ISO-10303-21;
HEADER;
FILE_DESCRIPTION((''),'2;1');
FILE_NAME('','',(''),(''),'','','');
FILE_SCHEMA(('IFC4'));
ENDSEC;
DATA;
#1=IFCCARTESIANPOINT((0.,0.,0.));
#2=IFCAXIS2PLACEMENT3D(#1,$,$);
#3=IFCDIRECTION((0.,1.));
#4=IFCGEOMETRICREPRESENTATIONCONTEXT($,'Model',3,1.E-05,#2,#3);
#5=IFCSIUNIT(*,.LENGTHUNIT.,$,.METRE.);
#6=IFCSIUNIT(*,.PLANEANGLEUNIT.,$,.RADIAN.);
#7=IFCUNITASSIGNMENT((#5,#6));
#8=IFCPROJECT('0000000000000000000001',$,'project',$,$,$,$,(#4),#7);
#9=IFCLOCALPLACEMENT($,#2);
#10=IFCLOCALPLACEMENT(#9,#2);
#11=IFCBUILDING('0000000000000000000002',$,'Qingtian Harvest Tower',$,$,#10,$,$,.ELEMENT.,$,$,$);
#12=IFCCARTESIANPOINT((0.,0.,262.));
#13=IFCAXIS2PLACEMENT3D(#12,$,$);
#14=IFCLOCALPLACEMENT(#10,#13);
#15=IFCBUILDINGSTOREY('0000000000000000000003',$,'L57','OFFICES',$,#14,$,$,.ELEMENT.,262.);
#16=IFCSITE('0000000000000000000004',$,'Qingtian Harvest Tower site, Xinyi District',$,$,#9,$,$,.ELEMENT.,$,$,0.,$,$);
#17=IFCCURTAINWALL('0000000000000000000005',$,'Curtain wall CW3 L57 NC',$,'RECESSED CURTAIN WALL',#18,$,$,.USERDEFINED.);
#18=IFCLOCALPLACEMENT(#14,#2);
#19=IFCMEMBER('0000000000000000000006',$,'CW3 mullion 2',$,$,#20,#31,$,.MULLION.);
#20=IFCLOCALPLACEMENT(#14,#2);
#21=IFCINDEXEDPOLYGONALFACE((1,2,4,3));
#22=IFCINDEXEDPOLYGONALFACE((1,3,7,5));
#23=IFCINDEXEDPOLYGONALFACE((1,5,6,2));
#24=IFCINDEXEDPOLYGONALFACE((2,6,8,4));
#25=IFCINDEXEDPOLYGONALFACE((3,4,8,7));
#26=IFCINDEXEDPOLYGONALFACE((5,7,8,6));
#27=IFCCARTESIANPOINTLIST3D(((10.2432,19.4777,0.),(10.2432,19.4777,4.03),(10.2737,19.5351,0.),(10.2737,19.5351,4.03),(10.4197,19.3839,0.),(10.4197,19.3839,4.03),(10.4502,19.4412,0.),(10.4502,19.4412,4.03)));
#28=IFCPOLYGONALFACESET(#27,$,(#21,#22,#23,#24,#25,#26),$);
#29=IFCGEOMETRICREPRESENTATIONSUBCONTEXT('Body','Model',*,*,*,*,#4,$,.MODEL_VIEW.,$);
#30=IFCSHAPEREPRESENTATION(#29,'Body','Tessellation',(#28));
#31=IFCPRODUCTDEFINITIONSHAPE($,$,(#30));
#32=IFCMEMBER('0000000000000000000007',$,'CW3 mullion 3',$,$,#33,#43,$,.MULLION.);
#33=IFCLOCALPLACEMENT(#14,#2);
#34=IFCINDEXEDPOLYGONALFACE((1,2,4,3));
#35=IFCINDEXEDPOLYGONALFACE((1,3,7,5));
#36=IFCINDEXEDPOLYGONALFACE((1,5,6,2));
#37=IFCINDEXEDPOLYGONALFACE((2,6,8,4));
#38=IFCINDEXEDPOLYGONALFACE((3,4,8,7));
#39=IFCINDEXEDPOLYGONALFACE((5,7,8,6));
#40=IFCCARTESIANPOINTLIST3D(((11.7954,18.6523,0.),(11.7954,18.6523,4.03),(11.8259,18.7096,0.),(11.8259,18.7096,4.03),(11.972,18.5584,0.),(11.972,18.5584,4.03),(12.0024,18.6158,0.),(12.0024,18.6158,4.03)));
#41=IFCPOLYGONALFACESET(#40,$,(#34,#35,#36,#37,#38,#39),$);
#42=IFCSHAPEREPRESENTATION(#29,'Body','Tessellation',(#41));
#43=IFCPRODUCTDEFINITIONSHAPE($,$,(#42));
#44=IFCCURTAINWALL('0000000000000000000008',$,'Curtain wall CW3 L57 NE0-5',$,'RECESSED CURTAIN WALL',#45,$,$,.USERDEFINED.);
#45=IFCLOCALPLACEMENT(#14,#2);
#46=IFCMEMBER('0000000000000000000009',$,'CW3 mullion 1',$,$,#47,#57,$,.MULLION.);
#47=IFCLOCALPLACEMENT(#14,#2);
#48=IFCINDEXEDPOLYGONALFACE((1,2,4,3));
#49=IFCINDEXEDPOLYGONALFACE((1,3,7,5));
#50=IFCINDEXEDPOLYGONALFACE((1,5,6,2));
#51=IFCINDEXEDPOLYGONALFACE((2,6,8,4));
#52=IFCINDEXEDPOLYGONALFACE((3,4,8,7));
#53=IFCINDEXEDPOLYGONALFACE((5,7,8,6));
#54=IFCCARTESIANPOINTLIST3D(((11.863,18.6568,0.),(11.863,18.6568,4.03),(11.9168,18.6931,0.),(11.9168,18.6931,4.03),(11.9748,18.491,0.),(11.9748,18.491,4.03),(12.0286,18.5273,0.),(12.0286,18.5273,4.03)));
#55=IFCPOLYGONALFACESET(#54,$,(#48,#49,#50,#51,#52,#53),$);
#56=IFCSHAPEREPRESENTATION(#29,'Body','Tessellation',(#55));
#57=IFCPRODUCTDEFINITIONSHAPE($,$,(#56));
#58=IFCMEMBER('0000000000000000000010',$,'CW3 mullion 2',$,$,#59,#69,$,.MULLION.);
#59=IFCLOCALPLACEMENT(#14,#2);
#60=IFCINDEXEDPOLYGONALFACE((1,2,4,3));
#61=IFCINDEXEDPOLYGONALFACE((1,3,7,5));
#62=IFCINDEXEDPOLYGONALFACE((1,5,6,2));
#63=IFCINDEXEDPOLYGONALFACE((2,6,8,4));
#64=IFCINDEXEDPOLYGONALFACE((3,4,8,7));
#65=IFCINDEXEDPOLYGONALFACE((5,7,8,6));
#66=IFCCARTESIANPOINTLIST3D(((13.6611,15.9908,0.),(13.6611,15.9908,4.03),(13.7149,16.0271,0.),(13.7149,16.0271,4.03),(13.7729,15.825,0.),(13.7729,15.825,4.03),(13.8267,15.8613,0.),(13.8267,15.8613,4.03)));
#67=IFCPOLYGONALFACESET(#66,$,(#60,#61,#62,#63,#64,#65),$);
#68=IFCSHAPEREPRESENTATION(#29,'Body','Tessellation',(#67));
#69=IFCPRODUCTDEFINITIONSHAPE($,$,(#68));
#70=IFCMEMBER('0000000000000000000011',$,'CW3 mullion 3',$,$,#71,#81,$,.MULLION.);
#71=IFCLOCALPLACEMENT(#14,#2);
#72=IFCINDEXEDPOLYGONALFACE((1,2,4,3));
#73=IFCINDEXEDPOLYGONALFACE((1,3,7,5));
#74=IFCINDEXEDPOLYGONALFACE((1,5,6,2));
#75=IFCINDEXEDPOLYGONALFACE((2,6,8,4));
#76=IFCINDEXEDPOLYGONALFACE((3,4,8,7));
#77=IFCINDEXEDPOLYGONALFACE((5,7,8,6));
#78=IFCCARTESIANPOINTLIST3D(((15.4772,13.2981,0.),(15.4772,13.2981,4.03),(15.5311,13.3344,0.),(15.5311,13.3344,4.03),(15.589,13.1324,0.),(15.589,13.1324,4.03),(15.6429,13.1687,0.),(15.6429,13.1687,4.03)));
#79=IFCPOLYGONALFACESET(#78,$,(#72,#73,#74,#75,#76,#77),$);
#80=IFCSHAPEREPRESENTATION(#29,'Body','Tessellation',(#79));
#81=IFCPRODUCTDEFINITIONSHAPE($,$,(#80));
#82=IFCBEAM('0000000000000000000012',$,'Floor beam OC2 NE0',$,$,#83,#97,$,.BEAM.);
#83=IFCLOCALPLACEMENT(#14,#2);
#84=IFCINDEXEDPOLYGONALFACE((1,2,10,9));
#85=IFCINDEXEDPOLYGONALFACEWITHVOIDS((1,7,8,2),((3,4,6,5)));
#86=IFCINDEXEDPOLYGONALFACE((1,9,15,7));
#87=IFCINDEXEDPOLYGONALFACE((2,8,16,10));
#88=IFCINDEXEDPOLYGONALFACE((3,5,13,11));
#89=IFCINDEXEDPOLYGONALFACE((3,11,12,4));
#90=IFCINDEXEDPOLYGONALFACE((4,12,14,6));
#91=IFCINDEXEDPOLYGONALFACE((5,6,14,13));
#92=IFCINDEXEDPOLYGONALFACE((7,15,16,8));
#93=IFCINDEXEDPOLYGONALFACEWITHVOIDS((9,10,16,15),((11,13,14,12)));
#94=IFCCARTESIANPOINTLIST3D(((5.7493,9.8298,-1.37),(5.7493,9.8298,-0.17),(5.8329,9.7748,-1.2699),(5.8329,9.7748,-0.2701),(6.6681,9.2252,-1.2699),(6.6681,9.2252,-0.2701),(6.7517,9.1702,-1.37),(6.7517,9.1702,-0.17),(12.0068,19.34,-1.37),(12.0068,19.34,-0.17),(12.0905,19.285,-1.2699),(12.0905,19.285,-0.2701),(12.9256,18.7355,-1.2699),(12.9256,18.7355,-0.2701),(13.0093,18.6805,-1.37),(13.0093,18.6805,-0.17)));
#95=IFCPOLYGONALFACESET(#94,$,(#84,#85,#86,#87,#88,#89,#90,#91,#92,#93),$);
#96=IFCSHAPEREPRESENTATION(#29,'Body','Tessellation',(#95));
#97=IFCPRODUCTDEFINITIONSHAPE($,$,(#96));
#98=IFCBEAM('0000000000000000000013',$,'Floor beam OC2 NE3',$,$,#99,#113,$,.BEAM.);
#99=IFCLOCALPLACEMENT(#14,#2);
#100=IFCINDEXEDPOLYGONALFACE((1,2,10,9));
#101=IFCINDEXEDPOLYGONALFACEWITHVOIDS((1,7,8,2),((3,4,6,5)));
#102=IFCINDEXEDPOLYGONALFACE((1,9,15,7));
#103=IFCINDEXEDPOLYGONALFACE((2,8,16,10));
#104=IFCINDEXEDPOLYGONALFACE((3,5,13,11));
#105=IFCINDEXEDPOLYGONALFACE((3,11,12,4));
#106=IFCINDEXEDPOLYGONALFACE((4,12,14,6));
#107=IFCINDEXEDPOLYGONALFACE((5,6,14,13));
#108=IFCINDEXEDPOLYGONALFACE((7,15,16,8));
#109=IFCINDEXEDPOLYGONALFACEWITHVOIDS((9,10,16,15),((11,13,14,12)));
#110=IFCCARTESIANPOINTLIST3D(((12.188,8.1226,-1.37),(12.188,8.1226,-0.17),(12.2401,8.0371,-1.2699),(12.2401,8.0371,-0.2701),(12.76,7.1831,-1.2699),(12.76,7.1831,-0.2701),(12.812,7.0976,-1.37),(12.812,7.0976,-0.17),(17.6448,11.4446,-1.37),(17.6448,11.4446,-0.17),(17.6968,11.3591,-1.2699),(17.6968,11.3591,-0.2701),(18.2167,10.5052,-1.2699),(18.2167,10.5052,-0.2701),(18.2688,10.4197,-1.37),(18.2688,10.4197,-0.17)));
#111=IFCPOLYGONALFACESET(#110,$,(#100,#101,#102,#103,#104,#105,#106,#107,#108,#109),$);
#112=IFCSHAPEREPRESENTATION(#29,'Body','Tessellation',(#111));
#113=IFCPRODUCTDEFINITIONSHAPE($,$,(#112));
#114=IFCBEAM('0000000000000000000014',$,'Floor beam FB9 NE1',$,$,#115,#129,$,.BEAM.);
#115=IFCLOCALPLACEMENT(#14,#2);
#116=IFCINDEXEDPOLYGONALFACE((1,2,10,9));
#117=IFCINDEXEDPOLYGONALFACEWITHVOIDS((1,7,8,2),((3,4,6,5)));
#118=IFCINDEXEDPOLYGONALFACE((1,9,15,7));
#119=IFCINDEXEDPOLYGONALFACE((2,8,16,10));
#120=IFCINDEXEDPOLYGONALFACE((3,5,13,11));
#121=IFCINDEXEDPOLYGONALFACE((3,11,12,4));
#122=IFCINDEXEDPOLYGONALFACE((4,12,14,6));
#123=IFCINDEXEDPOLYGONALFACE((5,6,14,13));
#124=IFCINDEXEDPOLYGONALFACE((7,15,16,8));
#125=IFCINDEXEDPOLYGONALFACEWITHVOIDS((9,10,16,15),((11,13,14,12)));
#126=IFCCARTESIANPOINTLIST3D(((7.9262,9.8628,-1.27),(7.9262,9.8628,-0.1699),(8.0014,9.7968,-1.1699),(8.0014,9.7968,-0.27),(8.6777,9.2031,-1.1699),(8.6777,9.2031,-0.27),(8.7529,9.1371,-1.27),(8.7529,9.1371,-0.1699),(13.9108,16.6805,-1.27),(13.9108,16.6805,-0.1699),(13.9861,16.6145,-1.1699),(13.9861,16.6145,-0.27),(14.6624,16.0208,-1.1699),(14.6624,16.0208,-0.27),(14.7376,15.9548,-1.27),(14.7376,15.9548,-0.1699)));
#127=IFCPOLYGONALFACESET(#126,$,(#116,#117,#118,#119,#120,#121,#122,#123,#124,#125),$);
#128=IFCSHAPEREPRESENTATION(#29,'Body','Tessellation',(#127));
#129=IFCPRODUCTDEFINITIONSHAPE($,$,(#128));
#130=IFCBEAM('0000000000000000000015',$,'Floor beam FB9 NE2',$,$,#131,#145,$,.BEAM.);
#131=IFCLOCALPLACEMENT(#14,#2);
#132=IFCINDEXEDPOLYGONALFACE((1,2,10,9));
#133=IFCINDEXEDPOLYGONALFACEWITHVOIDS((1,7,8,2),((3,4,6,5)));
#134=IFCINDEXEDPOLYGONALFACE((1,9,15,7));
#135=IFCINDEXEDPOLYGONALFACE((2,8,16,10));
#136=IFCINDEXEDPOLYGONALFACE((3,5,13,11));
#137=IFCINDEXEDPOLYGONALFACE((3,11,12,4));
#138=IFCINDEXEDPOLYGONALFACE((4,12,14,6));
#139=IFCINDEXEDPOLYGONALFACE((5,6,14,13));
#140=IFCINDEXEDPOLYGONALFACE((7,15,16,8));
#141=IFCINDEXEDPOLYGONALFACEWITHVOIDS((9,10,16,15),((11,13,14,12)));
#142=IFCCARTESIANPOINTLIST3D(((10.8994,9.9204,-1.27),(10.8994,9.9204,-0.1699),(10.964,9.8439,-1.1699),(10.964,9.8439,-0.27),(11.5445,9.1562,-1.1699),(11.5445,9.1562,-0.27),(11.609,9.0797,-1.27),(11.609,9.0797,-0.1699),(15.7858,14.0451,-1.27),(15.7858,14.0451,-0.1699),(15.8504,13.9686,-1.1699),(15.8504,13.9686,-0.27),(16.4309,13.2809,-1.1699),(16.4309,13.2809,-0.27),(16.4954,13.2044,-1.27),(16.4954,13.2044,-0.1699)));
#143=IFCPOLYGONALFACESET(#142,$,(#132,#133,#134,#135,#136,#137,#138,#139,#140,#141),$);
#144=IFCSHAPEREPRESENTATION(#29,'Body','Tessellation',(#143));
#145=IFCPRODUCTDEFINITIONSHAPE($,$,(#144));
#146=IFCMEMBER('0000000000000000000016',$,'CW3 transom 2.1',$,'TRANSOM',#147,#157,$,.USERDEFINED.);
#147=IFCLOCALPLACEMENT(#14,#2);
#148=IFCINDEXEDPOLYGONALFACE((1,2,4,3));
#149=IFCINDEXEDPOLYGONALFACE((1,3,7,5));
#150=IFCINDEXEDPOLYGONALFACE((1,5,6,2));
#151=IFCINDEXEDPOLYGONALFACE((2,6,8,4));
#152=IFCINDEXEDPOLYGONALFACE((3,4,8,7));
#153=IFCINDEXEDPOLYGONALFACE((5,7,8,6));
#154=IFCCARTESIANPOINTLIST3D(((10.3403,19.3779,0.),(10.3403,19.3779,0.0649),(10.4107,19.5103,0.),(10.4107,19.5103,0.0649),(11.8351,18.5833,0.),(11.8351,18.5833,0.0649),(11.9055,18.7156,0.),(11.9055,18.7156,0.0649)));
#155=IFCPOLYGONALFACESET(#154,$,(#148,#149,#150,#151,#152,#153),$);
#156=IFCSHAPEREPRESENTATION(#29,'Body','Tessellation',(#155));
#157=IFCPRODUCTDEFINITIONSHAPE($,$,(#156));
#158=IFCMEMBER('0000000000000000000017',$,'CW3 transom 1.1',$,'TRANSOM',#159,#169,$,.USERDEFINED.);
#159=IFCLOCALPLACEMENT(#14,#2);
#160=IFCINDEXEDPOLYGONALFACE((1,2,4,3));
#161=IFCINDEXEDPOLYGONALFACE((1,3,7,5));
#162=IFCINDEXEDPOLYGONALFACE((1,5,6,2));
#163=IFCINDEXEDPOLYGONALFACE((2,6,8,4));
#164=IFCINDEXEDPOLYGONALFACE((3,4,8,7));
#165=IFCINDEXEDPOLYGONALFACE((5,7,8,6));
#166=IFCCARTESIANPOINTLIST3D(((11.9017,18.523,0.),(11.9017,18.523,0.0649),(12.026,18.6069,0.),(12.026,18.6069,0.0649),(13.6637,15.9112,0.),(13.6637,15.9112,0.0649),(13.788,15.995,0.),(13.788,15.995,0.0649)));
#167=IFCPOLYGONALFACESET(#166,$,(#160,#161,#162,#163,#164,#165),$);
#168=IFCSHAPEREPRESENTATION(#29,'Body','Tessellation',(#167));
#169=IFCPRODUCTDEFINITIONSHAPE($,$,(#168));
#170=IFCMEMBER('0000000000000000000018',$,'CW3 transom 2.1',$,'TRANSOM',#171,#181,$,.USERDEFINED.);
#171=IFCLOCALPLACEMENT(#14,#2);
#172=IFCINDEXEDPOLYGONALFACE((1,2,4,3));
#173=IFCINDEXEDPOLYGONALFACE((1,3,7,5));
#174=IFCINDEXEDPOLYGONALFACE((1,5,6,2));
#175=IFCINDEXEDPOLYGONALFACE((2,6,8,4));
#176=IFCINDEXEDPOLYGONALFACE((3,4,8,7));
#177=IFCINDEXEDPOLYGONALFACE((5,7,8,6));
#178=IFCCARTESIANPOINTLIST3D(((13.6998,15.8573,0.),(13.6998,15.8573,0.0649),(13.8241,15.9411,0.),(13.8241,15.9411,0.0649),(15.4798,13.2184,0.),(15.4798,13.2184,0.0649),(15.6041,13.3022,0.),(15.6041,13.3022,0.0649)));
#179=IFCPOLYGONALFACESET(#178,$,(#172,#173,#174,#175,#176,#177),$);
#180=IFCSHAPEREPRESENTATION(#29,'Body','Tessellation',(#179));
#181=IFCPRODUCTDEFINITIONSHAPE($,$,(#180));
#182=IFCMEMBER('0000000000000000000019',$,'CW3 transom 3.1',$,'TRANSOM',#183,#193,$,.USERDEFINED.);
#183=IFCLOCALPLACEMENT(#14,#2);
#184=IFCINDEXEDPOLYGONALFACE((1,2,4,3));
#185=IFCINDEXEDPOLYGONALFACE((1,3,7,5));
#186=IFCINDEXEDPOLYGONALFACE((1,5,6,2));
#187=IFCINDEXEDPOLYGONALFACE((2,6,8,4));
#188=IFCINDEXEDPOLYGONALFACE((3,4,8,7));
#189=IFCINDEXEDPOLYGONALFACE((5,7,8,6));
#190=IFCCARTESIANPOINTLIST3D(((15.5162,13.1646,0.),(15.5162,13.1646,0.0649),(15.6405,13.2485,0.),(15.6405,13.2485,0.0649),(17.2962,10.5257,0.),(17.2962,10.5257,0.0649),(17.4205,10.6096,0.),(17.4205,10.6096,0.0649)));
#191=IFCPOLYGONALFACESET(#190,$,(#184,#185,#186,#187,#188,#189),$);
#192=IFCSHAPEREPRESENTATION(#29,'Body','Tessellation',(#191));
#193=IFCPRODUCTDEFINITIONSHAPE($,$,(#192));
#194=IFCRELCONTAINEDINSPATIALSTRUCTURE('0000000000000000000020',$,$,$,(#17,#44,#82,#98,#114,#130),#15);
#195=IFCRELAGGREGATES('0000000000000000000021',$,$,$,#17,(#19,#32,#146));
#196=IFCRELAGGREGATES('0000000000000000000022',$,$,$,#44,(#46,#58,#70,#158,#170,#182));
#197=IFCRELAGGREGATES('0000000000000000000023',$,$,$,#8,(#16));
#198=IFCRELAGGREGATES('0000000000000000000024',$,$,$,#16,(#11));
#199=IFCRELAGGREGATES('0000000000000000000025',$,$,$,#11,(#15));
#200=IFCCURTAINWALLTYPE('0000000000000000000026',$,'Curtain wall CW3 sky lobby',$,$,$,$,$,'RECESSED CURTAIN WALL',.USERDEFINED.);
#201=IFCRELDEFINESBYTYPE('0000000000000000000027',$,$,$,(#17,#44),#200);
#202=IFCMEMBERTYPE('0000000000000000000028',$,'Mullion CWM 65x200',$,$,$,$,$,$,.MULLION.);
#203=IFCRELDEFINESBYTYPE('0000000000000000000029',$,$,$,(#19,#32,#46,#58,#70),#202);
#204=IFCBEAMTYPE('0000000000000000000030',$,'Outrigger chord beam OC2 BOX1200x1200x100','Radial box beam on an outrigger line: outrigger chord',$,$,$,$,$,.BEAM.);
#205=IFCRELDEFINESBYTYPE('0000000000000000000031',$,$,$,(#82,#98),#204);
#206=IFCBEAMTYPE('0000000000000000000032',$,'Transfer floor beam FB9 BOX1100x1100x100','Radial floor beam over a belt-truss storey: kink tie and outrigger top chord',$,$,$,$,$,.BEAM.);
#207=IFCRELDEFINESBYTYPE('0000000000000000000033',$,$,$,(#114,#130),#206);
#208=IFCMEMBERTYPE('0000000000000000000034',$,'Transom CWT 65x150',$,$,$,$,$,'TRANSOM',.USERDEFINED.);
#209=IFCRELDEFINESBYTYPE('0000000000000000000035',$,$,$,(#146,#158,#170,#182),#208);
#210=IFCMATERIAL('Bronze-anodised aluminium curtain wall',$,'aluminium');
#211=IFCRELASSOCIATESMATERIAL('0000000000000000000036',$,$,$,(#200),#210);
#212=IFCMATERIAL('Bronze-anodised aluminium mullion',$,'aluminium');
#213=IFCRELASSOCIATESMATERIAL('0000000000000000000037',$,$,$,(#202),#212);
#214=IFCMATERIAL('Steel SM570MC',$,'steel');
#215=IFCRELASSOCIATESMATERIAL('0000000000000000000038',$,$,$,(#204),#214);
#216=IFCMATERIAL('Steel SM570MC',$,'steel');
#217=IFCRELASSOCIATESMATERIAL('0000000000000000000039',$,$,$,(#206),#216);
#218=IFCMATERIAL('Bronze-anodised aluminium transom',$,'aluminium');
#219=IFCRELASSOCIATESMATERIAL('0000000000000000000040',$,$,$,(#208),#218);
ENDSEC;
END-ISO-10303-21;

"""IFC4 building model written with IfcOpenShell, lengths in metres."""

from ifc_helpers import new_model, si_unit, direction, frame, origin, origin_2d, place, context, subcontext, project, spatial, rectangle, hollow_rectangle, extrude, material, material_profile, profile_set, type_object, element, aggregate, save


model = new_model("IFC4")

# Units and contexts
model_context = context("Model", 3, precision=1e-05, world=origin(), true_north=direction((0.0, 1.0)))
body_context = subcontext(model_context, "Body", "Model", "MODEL_VIEW")
ifc_project = project(units=[si_unit("LENGTHUNIT", "METRE"), si_unit("PLANEANGLEUNIT", "RADIAN")], contexts=[model_context])

# Site, building, storey
site_placement = place(None, origin())
site = spatial("IfcSite", under=ifc_project, at=site_placement, Name="Qingtian Harvest Tower site, Xinyi District", CompositionType="ELEMENT", RefElevation=0.0)
building_placement = place(site_placement, origin())
building = spatial("IfcBuilding", under=site, at=building_placement, Name="Qingtian Harvest Tower", CompositionType="ELEMENT")
storey_placement = place(building_placement, frame((0.0, 0.0, 262.0)))
storey = spatial("IfcBuildingStorey", under=building, at=storey_placement, Name="L57", Description="OFFICES", CompositionType="ELEMENT", Elevation=262.0)

# Curtain walls, members
ifc_material_1 = material(Name="Bronze-anodised aluminium curtain wall", Category="aluminium")
curtain_wall_type = type_object("IfcCurtainWallType", Name="Curtain wall CW3 sky lobby", ElementType="RECESSED CURTAIN WALL", PredefinedType="USERDEFINED", material=ifc_material_1)
curtain_wall_1_placement = place(storey_placement, origin())
curtain_wall_1 = element("IfcCurtainWall", 1, at=curtain_wall_1_placement, inside=storey, type_object=curtain_wall_type, Name="Curtain wall CW3 L57 NC", ObjectType="RECESSED CURTAIN WALL", PredefinedType="USERDEFINED")
ifc_material_2 = material(Name="Bronze-anodised aluminium mullion", Category="aluminium")
ifc_material_profile_1 = material_profile(ifc_material_2, rectangle(XDim=0.0649, YDim=0.2, at=origin_2d()), Name="AL 65x200")
ifc_profile_set_1 = profile_set([ifc_material_profile_1], Name="Bronze-anodised aluminium mullion")
member_type_1 = type_object("IfcMemberType", Name="Mullion CWM 65x200", PredefinedType="MULLION", material=ifc_profile_set_1)
member_1_placement = place(storey_placement, frame((10.3467, 19.4595, 0.0), z_axis=(0.0, 0.0, 1.0), x_axis=(0.469472, 0.882948, 0.0)))
member_1 = element("IfcMember", 2, at=member_1_placement, type_object=member_type_1, Name="CW3 mullion 2", PredefinedType="MULLION", context=body_context, shape_type="SweptSolid", body=[
    extrude(rectangle(XDim=0.0649, YDim=0.2, at=origin_2d()), origin(), (0.0, 0.0, 1.0), 4.03),
])
member_2_placement = place(storey_placement, frame((11.8989, 18.634, 0.0), z_axis=(0.0, 0.0, 1.0), x_axis=(0.469472, 0.882948, 0.0)))
member_2 = element("IfcMember", 3, at=member_2_placement, type_object=member_type_1, Name="CW3 mullion 3", PredefinedType="MULLION", context=body_context, shape_type="SweptSolid", body=[
    extrude(rectangle(XDim=0.0649, YDim=0.2, at=origin_2d()), origin(), (0.0, 0.0, 1.0), 4.03),
])
curtain_wall_2_placement = place(storey_placement, origin())
curtain_wall_2 = element("IfcCurtainWall", 4, at=curtain_wall_2_placement, inside=storey, type_object=curtain_wall_type, Name="Curtain wall CW3 L57 NE0-5", ObjectType="RECESSED CURTAIN WALL", PredefinedType="USERDEFINED")
member_3_placement = place(storey_placement, frame((11.9458, 18.592, 0.0), z_axis=(0.0, 0.0, 1.0), x_axis=(0.829038, 0.559193, 0.0)))
member_3 = element("IfcMember", 5, at=member_3_placement, type_object=member_type_1, Name="CW3 mullion 1", PredefinedType="MULLION", context=body_context, shape_type="SweptSolid", body=[
    extrude(rectangle(XDim=0.0649, YDim=0.2, at=origin_2d()), origin(), (0.0, 0.0, 1.0), 4.03),
])
member_4_placement = place(storey_placement, frame((13.7439, 15.926, 0.0), z_axis=(0.0, 0.0, 1.0), x_axis=(0.829038, 0.559193, 0.0)))
member_4 = element("IfcMember", 6, at=member_4_placement, type_object=member_type_1, Name="CW3 mullion 2", PredefinedType="MULLION", context=body_context, shape_type="SweptSolid", body=[
    extrude(rectangle(XDim=0.0649, YDim=0.2, at=origin_2d()), origin(), (0.0, 0.0, 1.0), 4.03),
])
member_5_placement = place(storey_placement, frame((15.5601, 13.2334, 0.0), z_axis=(0.0, 0.0, 1.0), x_axis=(0.829038, 0.559193, 0.0)))
member_5 = element("IfcMember", 7, at=member_5_placement, type_object=member_type_1, Name="CW3 mullion 3", PredefinedType="MULLION", context=body_context, shape_type="SweptSolid", body=[
    extrude(rectangle(XDim=0.0649, YDim=0.2, at=origin_2d()), origin(), (0.0, 0.0, 1.0), 4.03),
])

# Beams
ifc_material_3 = material(Name="Steel SM570MC", Category="steel")
ifc_material_profile_2 = material_profile(ifc_material_3, hollow_rectangle(XDim=1.2, YDim=1.2, WallThickness=0.1001, at=origin_2d()), Name="BOX1200x1200x100")
ifc_profile_set_2 = profile_set([ifc_material_profile_2], Name="Steel SM570MC")
beam_type_1 = type_object("IfcBeamType", Name="Outrigger chord beam OC2 BOX1200x1200x100", Description="Radial box beam on an outrigger line: outrigger chord", PredefinedType="BEAM", material=ifc_profile_set_2)
beam_1_placement = place(storey_placement, frame((12.5081, 19.0103, -0.77), z_axis=(-0.549667, -0.835384, 0.0), x_axis=(0.835384, -0.549667, 0.0)))
element("IfcBeam", 8, at=beam_1_placement, inside=storey, type_object=beam_type_1, Name="Floor beam OC2 NE0", PredefinedType="BEAM", context=body_context, shape_type="SweptSolid", body=[
    extrude(hollow_rectangle(XDim=1.2, YDim=1.2, WallThickness=0.1001, at=origin_2d()), origin(), (0.0, 0.0, 1.0), 11.3843),
])
beam_2_placement = place(storey_placement, frame((17.9568, 10.9321, -0.77), z_axis=(-0.854164, -0.520004, 0.0), x_axis=(0.520004, -0.854164, 0.0)))
element("IfcBeam", 9, at=beam_2_placement, inside=storey, type_object=beam_type_1, Name="Floor beam OC2 NE3", PredefinedType="BEAM", context=body_context, shape_type="SweptSolid", body=[
    extrude(hollow_rectangle(XDim=1.2, YDim=1.2, WallThickness=0.1001, at=origin_2d()), origin(), (0.0, 0.0, 1.0), 6.3884),
])
ifc_material_4 = material(Name="Steel SM570MC", Category="steel")
ifc_material_profile_3 = material_profile(ifc_material_4, hollow_rectangle(XDim=1.1001, YDim=1.1001, WallThickness=0.1001, at=origin_2d()), Name="BOX1100x1100x100")
ifc_profile_set_3 = profile_set([ifc_material_profile_3], Name="Steel SM570MC")
beam_type_2 = type_object("IfcBeamType", Name="Transfer floor beam FB9 BOX1100x1100x100", Description="Radial floor beam over a belt-truss storey: kink tie and outrigger top chord", PredefinedType="BEAM", material=ifc_profile_set_3)
beam_3_placement = place(storey_placement, frame((14.3242, 16.3176, -0.72), z_axis=(-0.659702, -0.751527, 0.0), x_axis=(0.751527, -0.659702, 0.0)))
element("IfcBeam", 10, at=beam_3_placement, inside=storey, type_object=beam_type_2, Name="Floor beam FB9 NE1", PredefinedType="BEAM", context=body_context, shape_type="SweptSolid", body=[
    extrude(hollow_rectangle(XDim=1.1001, YDim=1.1001, WallThickness=0.1001, at=origin_2d()), origin(), (0.0, 0.0, 1.0), 9.0718),
])
beam_4_placement = place(storey_placement, frame((16.1406, 13.6248, -0.72), z_axis=(-0.764153, -0.645035, 0.0), x_axis=(0.645035, -0.764153, 0.0)))
element("IfcBeam", 11, at=beam_4_placement, inside=storey, type_object=beam_type_2, Name="Floor beam FB9 NE2", PredefinedType="BEAM", context=body_context, shape_type="SweptSolid", body=[
    extrude(hollow_rectangle(XDim=1.1001, YDim=1.1001, WallThickness=0.1001, at=origin_2d()), origin(), (0.0, 0.0, 1.0), 6.3945),
])

# Members
ifc_material_5 = material(Name="Bronze-anodised aluminium transom", Category="aluminium")
ifc_material_profile_4 = material_profile(ifc_material_5, rectangle(XDim=0.1499, YDim=0.0649, at=origin_2d()), Name="AL 65x150")
ifc_profile_set_4 = profile_set([ifc_material_profile_4], Name="Bronze-anodised aluminium transom")
member_type_2 = type_object("IfcMemberType", Name="Transom CWT 65x150", ElementType="TRANSOM", PredefinedType="USERDEFINED", material=ifc_profile_set_4)
member_6_placement = place(storey_placement, frame((10.3755, 19.4441, 0.0325), z_axis=(0.882987, -0.469398, 0.0), x_axis=(0.469398, 0.882987, 0.0)))
member_6 = element("IfcMember", 12, at=member_6_placement, type_object=member_type_2, Name="CW3 transom 2.1", ObjectType="TRANSOM", PredefinedType="USERDEFINED", context=body_context, shape_type="SweptSolid", body=[
    extrude(rectangle(XDim=0.1499, YDim=0.0649, at=origin_2d()), origin(), (0.0, 0.0, 1.0), 1.6929),
])
member_7_placement = place(storey_placement, frame((11.9639, 18.5649, 0.0325), z_axis=(0.559252, -0.828998, 0.0), x_axis=(0.828998, 0.559252, 0.0)))
member_7 = element("IfcMember", 13, at=member_7_placement, type_object=member_type_2, Name="CW3 transom 1.1", ObjectType="TRANSOM", PredefinedType="USERDEFINED", context=body_context, shape_type="SweptSolid", body=[
    extrude(rectangle(XDim=0.1499, YDim=0.0649, at=origin_2d()), origin(), (0.0, 0.0, 1.0), 3.1506),
])
member_8_placement = place(storey_placement, frame((13.762, 15.8992, 0.0325), z_axis=(0.559205, -0.829029, 0.0), x_axis=(0.829029, 0.559205, 0.0)))
member_8 = element("IfcMember", 14, at=member_8_placement, type_object=member_type_2, Name="CW3 transom 2.1", ObjectType="TRANSOM", PredefinedType="USERDEFINED", context=body_context, shape_type="SweptSolid", body=[
    extrude(rectangle(XDim=0.1499, YDim=0.0649, at=origin_2d()), origin(), (0.0, 0.0, 1.0), 3.1831),
])
member_9_placement = place(storey_placement, frame((15.5784, 13.2065, 0.0325), z_axis=(0.559205, -0.829029, 0.0), x_axis=(0.829029, 0.559205, 0.0)))
member_9 = element("IfcMember", 15, at=member_9_placement, type_object=member_type_2, Name="CW3 transom 3.1", ObjectType="TRANSOM", PredefinedType="USERDEFINED", context=body_context, shape_type="SweptSolid", body=[
    extrude(rectangle(XDim=0.1499, YDim=0.0649, at=origin_2d()), origin(), (0.0, 0.0, 1.0), 3.1831),
])

aggregate(curtain_wall_1, [member_1, member_2, member_6])
aggregate(curtain_wall_2, [member_3, member_4, member_5, member_7, member_8, member_9])

save(model, "model.ifc")
